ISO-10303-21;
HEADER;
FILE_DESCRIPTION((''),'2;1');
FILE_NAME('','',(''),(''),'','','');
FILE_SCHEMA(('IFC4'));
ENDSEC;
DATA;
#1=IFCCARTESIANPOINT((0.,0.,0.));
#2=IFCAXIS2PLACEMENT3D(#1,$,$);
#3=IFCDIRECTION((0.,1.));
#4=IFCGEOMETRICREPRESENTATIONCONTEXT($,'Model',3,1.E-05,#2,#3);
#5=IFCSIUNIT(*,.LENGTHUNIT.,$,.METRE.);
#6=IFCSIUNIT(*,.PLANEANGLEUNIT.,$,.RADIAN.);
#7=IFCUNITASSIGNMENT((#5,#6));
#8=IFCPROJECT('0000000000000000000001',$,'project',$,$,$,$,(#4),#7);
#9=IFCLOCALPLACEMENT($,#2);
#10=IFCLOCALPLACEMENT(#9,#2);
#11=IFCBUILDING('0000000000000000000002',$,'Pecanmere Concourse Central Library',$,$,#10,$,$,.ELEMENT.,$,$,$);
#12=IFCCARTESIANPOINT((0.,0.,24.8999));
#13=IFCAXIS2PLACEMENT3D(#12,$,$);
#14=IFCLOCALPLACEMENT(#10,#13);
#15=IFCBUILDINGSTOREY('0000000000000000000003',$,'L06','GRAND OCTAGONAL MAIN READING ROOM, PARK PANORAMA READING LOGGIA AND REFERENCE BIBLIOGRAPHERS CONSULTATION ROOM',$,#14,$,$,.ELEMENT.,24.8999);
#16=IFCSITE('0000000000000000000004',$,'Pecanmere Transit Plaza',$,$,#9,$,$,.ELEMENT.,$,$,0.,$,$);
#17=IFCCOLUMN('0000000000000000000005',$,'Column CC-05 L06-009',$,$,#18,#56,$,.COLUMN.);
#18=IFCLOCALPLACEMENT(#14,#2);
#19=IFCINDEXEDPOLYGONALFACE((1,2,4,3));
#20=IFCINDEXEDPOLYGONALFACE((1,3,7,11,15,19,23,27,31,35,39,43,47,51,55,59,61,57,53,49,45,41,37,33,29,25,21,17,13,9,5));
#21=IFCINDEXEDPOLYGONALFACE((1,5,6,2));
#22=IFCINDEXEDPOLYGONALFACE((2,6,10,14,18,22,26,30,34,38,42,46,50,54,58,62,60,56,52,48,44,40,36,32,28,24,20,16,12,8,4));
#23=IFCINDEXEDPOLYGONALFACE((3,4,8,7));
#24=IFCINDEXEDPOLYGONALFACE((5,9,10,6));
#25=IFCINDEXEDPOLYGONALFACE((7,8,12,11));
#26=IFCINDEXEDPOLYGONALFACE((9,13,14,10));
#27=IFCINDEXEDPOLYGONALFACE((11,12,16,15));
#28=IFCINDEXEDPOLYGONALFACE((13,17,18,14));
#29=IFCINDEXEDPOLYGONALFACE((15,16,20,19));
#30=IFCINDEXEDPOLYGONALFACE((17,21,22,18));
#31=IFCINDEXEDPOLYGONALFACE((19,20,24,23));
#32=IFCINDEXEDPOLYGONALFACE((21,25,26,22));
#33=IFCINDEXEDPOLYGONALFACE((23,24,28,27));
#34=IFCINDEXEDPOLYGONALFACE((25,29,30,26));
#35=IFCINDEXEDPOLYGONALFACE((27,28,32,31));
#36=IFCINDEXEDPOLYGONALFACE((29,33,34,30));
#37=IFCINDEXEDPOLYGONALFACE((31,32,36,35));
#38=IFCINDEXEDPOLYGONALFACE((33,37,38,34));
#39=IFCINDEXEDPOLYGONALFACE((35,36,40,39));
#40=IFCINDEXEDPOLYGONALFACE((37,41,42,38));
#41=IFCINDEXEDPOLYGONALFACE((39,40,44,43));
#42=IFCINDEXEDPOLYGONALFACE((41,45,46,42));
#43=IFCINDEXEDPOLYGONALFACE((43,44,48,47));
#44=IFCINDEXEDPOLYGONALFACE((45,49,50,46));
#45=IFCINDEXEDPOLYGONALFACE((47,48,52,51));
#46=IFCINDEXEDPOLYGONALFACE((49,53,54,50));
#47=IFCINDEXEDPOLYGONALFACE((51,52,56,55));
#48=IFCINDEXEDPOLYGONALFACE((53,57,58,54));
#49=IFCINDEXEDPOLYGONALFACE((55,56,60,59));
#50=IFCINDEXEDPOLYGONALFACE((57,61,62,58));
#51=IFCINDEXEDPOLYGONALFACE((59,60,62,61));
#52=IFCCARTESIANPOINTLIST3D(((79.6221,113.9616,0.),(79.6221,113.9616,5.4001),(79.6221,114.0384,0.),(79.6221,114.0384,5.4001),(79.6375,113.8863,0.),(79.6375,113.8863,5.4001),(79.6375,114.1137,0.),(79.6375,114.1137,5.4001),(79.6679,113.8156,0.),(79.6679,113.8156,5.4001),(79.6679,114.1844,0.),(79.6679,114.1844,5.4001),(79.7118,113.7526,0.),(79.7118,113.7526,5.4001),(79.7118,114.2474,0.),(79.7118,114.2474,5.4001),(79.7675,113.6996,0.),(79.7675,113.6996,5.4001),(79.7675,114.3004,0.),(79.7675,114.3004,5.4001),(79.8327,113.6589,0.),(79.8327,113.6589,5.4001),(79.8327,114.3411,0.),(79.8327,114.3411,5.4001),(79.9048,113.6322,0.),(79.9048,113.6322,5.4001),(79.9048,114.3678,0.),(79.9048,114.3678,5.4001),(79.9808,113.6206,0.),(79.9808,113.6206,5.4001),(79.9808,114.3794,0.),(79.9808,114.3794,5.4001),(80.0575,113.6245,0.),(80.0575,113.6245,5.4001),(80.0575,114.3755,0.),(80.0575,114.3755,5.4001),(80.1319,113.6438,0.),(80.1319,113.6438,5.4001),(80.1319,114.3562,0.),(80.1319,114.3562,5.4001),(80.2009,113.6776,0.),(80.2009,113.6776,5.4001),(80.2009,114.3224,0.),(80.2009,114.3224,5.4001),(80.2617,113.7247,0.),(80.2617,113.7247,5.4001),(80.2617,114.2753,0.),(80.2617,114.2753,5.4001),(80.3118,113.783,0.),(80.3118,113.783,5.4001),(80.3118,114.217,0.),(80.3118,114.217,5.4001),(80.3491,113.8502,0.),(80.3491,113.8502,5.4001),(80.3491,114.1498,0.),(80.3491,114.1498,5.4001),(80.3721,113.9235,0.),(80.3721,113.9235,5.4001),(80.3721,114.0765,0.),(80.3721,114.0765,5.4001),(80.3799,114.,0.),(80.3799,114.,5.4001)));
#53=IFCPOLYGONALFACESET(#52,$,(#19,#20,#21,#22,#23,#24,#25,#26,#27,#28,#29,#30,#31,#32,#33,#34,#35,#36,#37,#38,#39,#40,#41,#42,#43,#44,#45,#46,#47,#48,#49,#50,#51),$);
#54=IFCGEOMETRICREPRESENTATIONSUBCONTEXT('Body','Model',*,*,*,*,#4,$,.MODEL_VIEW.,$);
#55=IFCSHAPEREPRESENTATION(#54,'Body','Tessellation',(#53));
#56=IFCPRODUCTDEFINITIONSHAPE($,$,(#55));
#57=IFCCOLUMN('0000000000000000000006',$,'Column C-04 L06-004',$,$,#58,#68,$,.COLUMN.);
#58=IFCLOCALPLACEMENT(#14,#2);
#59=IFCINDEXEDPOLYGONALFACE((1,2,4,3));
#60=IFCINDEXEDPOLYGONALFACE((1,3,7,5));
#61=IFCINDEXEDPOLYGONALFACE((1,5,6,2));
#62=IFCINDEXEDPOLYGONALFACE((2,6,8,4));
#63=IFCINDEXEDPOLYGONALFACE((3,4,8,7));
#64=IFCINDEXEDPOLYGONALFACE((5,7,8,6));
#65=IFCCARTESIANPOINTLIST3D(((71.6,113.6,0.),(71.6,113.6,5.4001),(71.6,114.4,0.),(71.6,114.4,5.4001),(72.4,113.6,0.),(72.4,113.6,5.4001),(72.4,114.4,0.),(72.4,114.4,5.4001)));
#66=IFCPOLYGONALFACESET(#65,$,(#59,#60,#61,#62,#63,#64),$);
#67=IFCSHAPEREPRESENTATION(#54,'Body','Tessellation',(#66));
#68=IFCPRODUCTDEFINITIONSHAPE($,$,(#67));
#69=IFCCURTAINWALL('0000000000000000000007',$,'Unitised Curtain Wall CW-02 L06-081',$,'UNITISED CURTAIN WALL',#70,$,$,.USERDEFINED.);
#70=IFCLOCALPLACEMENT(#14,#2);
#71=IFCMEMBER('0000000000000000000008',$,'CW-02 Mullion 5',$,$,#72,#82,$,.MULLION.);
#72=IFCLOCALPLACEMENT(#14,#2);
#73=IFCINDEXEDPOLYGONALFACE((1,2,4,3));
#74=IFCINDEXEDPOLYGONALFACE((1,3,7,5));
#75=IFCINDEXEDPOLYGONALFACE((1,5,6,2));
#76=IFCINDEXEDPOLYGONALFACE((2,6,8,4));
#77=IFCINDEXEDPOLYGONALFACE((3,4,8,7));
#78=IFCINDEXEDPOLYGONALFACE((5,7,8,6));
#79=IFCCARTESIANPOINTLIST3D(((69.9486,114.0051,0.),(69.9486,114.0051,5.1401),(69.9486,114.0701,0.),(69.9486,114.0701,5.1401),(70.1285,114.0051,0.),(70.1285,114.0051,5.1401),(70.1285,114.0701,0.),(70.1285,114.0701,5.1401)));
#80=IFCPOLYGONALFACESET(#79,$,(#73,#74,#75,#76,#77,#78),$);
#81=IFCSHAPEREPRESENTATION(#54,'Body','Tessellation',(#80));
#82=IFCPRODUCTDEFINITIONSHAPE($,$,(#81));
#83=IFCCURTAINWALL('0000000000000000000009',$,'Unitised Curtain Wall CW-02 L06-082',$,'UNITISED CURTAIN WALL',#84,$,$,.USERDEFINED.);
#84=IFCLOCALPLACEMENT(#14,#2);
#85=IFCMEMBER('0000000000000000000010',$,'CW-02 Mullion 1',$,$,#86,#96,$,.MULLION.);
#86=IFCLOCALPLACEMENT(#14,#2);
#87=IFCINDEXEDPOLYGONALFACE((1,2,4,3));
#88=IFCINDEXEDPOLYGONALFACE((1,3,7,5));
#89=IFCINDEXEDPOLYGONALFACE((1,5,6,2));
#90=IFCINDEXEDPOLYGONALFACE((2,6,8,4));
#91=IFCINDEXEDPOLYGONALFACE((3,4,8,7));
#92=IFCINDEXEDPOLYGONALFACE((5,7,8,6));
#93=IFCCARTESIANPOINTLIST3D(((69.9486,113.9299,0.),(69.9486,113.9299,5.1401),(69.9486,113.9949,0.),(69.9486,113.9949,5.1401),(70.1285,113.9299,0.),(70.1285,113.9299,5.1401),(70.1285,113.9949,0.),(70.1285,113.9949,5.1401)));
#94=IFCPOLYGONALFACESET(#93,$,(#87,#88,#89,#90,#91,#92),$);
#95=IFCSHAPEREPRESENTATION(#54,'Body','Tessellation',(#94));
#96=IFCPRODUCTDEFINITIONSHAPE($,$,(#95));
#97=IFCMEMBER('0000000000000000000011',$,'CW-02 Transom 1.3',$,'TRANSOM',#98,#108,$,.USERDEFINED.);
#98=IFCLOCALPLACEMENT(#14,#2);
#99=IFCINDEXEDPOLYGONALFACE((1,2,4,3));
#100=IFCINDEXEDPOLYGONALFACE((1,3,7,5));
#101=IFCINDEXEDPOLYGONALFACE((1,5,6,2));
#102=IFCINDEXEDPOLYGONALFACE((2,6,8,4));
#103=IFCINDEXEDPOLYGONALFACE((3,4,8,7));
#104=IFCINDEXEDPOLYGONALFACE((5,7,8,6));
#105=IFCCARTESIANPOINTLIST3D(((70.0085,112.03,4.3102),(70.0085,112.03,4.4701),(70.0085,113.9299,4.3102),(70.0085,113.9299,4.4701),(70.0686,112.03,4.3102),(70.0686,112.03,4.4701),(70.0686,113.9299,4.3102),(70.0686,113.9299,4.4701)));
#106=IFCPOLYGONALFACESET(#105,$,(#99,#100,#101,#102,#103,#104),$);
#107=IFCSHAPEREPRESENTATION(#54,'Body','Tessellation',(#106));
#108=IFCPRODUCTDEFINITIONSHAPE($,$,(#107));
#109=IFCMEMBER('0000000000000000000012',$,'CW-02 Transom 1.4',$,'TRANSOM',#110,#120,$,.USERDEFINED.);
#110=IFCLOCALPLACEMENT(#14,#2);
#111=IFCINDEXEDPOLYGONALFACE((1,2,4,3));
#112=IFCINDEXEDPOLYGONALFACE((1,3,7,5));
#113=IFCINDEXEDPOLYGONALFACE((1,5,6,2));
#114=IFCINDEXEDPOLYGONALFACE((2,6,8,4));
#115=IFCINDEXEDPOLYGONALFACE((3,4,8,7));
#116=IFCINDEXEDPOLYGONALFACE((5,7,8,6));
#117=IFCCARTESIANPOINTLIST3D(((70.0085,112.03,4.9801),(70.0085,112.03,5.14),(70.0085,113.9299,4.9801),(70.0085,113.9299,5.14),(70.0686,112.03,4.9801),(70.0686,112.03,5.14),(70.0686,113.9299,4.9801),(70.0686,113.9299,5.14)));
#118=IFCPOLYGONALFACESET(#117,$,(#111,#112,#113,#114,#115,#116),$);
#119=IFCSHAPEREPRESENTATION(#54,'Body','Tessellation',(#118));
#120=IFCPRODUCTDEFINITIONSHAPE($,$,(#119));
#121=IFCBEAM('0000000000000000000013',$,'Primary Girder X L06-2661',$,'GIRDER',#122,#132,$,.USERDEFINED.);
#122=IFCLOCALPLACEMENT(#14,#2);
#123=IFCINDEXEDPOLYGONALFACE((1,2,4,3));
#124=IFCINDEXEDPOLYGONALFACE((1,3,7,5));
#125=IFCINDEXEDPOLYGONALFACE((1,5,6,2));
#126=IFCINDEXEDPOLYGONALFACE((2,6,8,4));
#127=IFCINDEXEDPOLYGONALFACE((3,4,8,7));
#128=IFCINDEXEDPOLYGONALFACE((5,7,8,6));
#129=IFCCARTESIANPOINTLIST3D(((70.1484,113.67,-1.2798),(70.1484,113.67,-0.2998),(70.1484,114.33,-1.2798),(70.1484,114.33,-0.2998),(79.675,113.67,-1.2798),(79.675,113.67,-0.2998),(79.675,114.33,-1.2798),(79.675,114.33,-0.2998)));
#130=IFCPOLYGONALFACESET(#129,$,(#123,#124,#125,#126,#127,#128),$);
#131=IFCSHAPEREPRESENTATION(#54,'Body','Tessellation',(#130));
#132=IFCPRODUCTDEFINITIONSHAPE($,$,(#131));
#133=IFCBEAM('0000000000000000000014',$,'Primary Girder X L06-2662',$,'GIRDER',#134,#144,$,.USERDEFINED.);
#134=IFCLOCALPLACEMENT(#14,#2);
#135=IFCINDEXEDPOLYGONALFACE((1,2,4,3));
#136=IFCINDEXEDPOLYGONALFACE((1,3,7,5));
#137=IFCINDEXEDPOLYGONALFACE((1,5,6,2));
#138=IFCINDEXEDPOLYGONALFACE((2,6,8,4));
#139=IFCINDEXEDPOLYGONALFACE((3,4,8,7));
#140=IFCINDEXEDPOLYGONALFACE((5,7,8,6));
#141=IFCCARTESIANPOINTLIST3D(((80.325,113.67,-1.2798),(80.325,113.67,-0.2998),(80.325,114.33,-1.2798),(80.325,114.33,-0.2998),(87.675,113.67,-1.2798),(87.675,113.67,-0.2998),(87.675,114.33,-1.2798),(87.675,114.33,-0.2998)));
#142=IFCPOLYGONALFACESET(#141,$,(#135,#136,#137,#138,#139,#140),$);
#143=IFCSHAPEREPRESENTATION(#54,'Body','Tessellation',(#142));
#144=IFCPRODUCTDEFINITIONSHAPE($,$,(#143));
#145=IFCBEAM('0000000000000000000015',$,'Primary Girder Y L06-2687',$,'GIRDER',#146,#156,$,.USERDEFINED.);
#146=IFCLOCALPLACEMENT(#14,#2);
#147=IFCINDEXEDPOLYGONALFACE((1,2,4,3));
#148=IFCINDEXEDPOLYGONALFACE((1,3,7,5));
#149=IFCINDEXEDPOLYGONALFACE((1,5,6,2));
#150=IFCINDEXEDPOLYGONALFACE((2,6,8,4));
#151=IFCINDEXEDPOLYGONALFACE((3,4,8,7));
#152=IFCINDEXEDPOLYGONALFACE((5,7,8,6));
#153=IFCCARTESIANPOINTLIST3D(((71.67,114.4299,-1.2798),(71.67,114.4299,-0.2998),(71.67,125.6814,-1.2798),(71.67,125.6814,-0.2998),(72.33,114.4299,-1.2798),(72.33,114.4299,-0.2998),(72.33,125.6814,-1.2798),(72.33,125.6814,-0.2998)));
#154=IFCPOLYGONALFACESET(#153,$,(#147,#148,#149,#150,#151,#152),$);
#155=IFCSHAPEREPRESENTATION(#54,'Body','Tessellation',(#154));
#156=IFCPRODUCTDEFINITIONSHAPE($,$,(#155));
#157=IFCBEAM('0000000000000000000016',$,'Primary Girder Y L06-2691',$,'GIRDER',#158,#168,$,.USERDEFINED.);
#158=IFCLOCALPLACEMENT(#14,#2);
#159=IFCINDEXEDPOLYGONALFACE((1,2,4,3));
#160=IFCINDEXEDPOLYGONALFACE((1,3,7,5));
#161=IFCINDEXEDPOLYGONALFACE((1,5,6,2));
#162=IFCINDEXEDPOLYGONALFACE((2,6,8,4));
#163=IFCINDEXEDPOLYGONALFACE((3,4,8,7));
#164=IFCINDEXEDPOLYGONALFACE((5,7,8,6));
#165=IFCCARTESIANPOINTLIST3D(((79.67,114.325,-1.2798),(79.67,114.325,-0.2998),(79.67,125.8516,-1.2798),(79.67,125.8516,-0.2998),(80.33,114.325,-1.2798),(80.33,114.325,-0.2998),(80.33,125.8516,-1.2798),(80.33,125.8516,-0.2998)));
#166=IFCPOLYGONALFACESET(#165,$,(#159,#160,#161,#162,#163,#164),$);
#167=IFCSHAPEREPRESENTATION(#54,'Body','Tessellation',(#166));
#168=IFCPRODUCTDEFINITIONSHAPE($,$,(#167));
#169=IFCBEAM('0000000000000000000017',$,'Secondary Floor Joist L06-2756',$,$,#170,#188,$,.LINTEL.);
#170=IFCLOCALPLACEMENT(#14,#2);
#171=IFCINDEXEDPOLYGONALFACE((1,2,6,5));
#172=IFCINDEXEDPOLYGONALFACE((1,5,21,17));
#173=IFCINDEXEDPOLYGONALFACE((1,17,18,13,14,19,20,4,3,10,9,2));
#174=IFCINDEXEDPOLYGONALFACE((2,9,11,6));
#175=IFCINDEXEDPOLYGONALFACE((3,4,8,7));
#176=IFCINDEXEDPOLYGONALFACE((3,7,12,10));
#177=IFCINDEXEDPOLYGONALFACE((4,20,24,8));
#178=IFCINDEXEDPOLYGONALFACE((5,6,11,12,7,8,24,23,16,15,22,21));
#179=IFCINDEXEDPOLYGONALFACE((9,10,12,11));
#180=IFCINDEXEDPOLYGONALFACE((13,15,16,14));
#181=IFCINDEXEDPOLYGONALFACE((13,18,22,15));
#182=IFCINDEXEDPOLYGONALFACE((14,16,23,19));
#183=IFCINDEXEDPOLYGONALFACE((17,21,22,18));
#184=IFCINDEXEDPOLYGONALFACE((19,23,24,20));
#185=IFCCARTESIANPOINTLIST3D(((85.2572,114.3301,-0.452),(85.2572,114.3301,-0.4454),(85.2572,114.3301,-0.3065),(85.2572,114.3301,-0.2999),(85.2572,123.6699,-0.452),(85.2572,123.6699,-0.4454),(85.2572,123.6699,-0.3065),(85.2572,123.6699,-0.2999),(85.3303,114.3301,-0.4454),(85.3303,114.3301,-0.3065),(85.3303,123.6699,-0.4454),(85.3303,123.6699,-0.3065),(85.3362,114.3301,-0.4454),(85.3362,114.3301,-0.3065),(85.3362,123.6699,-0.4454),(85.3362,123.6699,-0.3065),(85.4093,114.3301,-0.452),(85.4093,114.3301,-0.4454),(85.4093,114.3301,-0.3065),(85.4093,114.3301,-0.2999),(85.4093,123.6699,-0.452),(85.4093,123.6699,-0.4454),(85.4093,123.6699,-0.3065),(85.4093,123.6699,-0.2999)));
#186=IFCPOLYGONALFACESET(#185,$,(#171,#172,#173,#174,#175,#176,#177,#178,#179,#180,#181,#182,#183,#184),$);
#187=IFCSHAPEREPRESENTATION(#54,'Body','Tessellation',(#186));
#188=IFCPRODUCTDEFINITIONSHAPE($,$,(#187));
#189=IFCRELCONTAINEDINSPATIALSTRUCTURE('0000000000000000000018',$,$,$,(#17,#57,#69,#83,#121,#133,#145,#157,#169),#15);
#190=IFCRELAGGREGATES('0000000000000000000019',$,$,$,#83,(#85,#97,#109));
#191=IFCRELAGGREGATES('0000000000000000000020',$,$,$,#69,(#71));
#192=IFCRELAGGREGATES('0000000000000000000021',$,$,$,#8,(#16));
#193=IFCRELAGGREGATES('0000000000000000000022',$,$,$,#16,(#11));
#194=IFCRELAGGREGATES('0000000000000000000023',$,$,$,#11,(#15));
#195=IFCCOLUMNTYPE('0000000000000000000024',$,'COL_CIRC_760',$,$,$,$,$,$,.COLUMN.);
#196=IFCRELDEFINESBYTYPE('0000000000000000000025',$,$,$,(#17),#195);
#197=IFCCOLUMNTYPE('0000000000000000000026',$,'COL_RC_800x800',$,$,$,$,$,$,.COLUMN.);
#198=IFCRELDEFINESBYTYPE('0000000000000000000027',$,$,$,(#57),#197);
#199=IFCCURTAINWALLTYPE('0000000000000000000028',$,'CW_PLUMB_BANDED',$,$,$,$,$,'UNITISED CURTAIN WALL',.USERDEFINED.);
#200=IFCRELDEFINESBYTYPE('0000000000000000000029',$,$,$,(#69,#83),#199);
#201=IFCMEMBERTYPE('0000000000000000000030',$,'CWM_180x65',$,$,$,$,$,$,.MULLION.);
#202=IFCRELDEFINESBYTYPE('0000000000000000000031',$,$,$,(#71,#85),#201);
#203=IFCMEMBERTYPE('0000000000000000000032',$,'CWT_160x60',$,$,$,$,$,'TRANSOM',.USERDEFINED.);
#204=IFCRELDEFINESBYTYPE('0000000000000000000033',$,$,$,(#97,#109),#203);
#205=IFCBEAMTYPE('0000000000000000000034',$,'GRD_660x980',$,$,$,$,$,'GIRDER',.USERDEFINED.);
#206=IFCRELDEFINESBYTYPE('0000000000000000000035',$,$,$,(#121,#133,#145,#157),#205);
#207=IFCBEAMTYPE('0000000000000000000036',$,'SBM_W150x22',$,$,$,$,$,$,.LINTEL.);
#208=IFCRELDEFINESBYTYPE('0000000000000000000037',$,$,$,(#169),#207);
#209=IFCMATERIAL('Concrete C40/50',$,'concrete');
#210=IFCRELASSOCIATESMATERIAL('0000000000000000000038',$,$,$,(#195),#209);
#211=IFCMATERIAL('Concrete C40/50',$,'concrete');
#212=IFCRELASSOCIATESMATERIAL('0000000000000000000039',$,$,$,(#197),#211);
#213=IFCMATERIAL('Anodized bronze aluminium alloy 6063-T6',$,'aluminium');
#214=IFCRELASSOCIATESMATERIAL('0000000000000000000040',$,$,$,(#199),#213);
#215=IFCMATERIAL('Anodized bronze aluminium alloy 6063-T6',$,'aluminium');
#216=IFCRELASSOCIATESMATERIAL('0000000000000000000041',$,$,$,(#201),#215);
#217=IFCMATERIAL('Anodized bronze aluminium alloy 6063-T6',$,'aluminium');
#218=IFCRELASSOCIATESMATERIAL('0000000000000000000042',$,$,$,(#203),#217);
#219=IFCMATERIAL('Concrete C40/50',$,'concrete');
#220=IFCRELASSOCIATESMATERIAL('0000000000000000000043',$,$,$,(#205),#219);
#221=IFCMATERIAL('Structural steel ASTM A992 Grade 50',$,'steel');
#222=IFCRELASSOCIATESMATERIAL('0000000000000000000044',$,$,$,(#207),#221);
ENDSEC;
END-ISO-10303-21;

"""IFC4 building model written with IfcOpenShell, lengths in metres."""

from ifc_helpers import new_model, si_unit, direction, frame, origin, origin_2d, place, context, subcontext, project, spatial, rectangle, circle, i_section, extrude, material, material_profile, profile_set, type_object, element, aggregate, save


model = new_model("IFC4")

# Units and contexts
model_context = context("Model", 3, precision=1e-05, world=origin(), true_north=direction((0.0, 1.0)))
body_context = subcontext(model_context, "Body", "Model", "MODEL_VIEW")
ifc_project = project(units=[si_unit("LENGTHUNIT", "METRE"), si_unit("PLANEANGLEUNIT", "RADIAN")], contexts=[model_context])

# Site, building, storey
site_placement = place(None, origin())
site = spatial("IfcSite", under=ifc_project, at=site_placement, Name="Pecanmere Transit Plaza", CompositionType="ELEMENT", RefElevation=0.0)
building_placement = place(site_placement, origin())
building = spatial("IfcBuilding", under=site, at=building_placement, Name="Pecanmere Concourse Central Library", CompositionType="ELEMENT")
storey_placement = place(building_placement, frame((0.0, 0.0, 24.8999)))
storey = spatial("IfcBuildingStorey", under=building, at=storey_placement, Name="L06", Description="GRAND OCTAGONAL MAIN READING ROOM, PARK PANORAMA READING LOGGIA AND REFERENCE BIBLIOGRAPHERS CONSULTATION ROOM", CompositionType="ELEMENT", Elevation=24.8999)

# Columns
ifc_material_1 = material(Name="Concrete C40/50", Category="concrete")
ifc_material_profile_1 = material_profile(ifc_material_1, circle(Radius=0.3799, at=origin_2d()), Name="RC D760")
ifc_profile_set_1 = profile_set([ifc_material_profile_1], Name="Concrete C40/50")
column_type_1 = type_object("IfcColumnType", Name="COL_CIRC_760", PredefinedType="COLUMN", material=ifc_profile_set_1)
column_1_placement = place(storey_placement, frame((80.0, 114.0, 0.0), z_axis=(0.0, 0.0, 1.0), x_axis=(1.0, 0.0, 0.0)))
element("IfcColumn", 1, at=column_1_placement, inside=storey, type_object=column_type_1, Name="Column CC-05 L06-009", PredefinedType="COLUMN", context=body_context, shape_type="SweptSolid", body=[
    extrude(circle(Radius=0.3799, at=origin_2d()), origin(), (0.0, 0.0, 1.0), 5.4001),
])
ifc_material_2 = material(Name="Concrete C40/50", Category="concrete")
ifc_material_profile_2 = material_profile(ifc_material_2, rectangle(XDim=0.8, YDim=0.8, at=origin_2d()), Name="RC 800x800")
ifc_profile_set_2 = profile_set([ifc_material_profile_2], Name="Concrete C40/50")
column_type_2 = type_object("IfcColumnType", Name="COL_RC_800x800", PredefinedType="COLUMN", material=ifc_profile_set_2)
column_2_placement = place(storey_placement, frame((72.0, 114.0, 0.0), z_axis=(0.0, 0.0, 1.0), x_axis=(1.0, 0.0, 0.0)))
element("IfcColumn", 2, at=column_2_placement, inside=storey, type_object=column_type_2, Name="Column C-04 L06-004", PredefinedType="COLUMN", context=body_context, shape_type="SweptSolid", body=[
    extrude(rectangle(XDim=0.8, YDim=0.8, at=origin_2d()), origin(), (0.0, 0.0, 1.0), 5.4001),
])

# Curtain wall, member
ifc_material_3 = material(Name="Anodized bronze aluminium alloy 6063-T6", Category="aluminium")
curtain_wall_type = type_object("IfcCurtainWallType", Name="CW_PLUMB_BANDED", ElementType="UNITISED CURTAIN WALL", PredefinedType="USERDEFINED", material=ifc_material_3)
curtain_wall_1_placement = place(storey_placement, origin())
curtain_wall_1 = element("IfcCurtainWall", 3, at=curtain_wall_1_placement, inside=storey, type_object=curtain_wall_type, Name="Unitised Curtain Wall CW-02 L06-081", ObjectType="UNITISED CURTAIN WALL", PredefinedType="USERDEFINED")
ifc_material_4 = material(Name="Anodized bronze aluminium alloy 6063-T6", Category="aluminium")
ifc_material_profile_3 = material_profile(ifc_material_4, rectangle(XDim=0.0649, YDim=0.1799, at=origin_2d()), Name="AL 65x180")
ifc_profile_set_3 = profile_set([ifc_material_profile_3], Name="Anodized bronze aluminium alloy 6063-T6")
member_type_1 = type_object("IfcMemberType", Name="CWM_180x65", PredefinedType="MULLION", material=ifc_profile_set_3)
member_1_placement = place(storey_placement, frame((70.0386, 114.0376, 0.0), z_axis=(0.0, 0.0, 1.0), x_axis=(0.0, -1.0, 0.0)))
member_1 = element("IfcMember", 4, at=member_1_placement, type_object=member_type_1, Name="CW-02 Mullion 5", PredefinedType="MULLION", context=body_context, shape_type="SweptSolid", body=[
    extrude(rectangle(XDim=0.0649, YDim=0.1799, at=origin_2d()), origin(), (0.0, 0.0, 1.0), 5.1401),
])

# Curtain wall, members
curtain_wall_2_placement = place(storey_placement, origin())
curtain_wall_2 = element("IfcCurtainWall", 5, at=curtain_wall_2_placement, inside=storey, type_object=curtain_wall_type, Name="Unitised Curtain Wall CW-02 L06-082", ObjectType="UNITISED CURTAIN WALL", PredefinedType="USERDEFINED")
member_2_placement = place(storey_placement, frame((70.0386, 113.9624, 0.0), z_axis=(0.0, 0.0, 1.0), x_axis=(0.0, -1.0, 0.0)))
member_2 = element("IfcMember", 6, at=member_2_placement, type_object=member_type_1, Name="CW-02 Mullion 1", PredefinedType="MULLION", context=body_context, shape_type="SweptSolid", body=[
    extrude(rectangle(XDim=0.0649, YDim=0.1799, at=origin_2d()), origin(), (0.0, 0.0, 1.0), 5.1401),
])
ifc_material_5 = material(Name="Anodized bronze aluminium alloy 6063-T6", Category="aluminium")
ifc_material_profile_4 = material_profile(ifc_material_5, rectangle(XDim=0.0601, YDim=0.1599, at=origin_2d()), Name="AL 60x160")
ifc_profile_set_4 = profile_set([ifc_material_profile_4], Name="Anodized bronze aluminium alloy 6063-T6")
member_type_2 = type_object("IfcMemberType", Name="CWT_160x60", ElementType="TRANSOM", PredefinedType="USERDEFINED", material=ifc_profile_set_4)
member_3_placement = place(storey_placement, frame((70.0386, 113.9299, 4.3901), z_axis=(0.0, -1.0, 0.0), x_axis=(1.0, 0.0, 0.0)))
member_3 = element("IfcMember", 7, at=member_3_placement, type_object=member_type_2, Name="CW-02 Transom 1.3", ObjectType="TRANSOM", PredefinedType="USERDEFINED", context=body_context, shape_type="SweptSolid", body=[
    extrude(rectangle(XDim=0.0601, YDim=0.1599, at=origin_2d()), origin(), (0.0, 0.0, 1.0), 1.8999),
])
member_4_placement = place(storey_placement, frame((70.0386, 113.9299, 5.0601), z_axis=(0.0, -1.0, 0.0), x_axis=(1.0, 0.0, 0.0)))
member_4 = element("IfcMember", 8, at=member_4_placement, type_object=member_type_2, Name="CW-02 Transom 1.4", ObjectType="TRANSOM", PredefinedType="USERDEFINED", context=body_context, shape_type="SweptSolid", body=[
    extrude(rectangle(XDim=0.0601, YDim=0.1599, at=origin_2d()), origin(), (0.0, 0.0, 1.0), 1.8999),
])
aggregate(curtain_wall_2, [member_2, member_3, member_4])

# Beams
ifc_material_6 = material(Name="Concrete C40/50", Category="concrete")
ifc_material_profile_5 = material_profile(ifc_material_6, rectangle(XDim=0.6599, YDim=0.98, at=origin_2d()), Name="RC 660x980")
ifc_profile_set_5 = profile_set([ifc_material_profile_5], Name="Concrete C40/50")
beam_type_1 = type_object("IfcBeamType", Name="GRD_660x980", ElementType="GIRDER", PredefinedType="USERDEFINED", material=ifc_profile_set_5)
beam_1_placement = place(storey_placement, frame((70.1484, 114.0, -0.7898), z_axis=(1.0, 0.0, 0.0), x_axis=(0.0, 1.0, 0.0)))
element("IfcBeam", 9, at=beam_1_placement, inside=storey, type_object=beam_type_1, Name="Primary Girder X L06-2661", ObjectType="GIRDER", PredefinedType="USERDEFINED", context=body_context, shape_type="SweptSolid", body=[
    extrude(rectangle(XDim=0.6599, YDim=0.98, at=origin_2d()), origin(), (0.0, 0.0, 1.0), 9.5266),
])
beam_2_placement = place(storey_placement, frame((80.325, 114.0, -0.7898), z_axis=(1.0, 0.0, 0.0), x_axis=(0.0, 1.0, 0.0)))
element("IfcBeam", 10, at=beam_2_placement, inside=storey, type_object=beam_type_1, Name="Primary Girder X L06-2662", ObjectType="GIRDER", PredefinedType="USERDEFINED", context=body_context, shape_type="SweptSolid", body=[
    extrude(rectangle(XDim=0.6599, YDim=0.98, at=origin_2d()), origin(), (0.0, 0.0, 1.0), 7.3501),
])
beam_3_placement = place(storey_placement, frame((72.0, 114.4299, -0.7898), z_axis=(0.0, 1.0, 0.0), x_axis=(-1.0, 0.0, 0.0)))
element("IfcBeam", 11, at=beam_3_placement, inside=storey, type_object=beam_type_1, Name="Primary Girder Y L06-2687", ObjectType="GIRDER", PredefinedType="USERDEFINED", context=body_context, shape_type="SweptSolid", body=[
    extrude(rectangle(XDim=0.6599, YDim=0.98, at=origin_2d()), origin(), (0.0, 0.0, 1.0), 11.2515),
])
beam_4_placement = place(storey_placement, frame((80.0, 114.325, -0.7898), z_axis=(0.0, 1.0, 0.0), x_axis=(-1.0, 0.0, 0.0)))
element("IfcBeam", 12, at=beam_4_placement, inside=storey, type_object=beam_type_1, Name="Primary Girder Y L06-2691", ObjectType="GIRDER", PredefinedType="USERDEFINED", context=body_context, shape_type="SweptSolid", body=[
    extrude(rectangle(XDim=0.6599, YDim=0.98, at=origin_2d()), origin(), (0.0, 0.0, 1.0), 11.5266),
])
ifc_material_7 = material(Name="Structural steel ASTM A992 Grade 50", Category="steel")
ifc_material_profile_6 = material_profile(ifc_material_7, i_section(OverallWidth=0.1521, OverallDepth=0.1521, WebThickness=0.0059, FlangeThickness=0.0066, at=origin_2d()), Name="W150x22.5")
ifc_profile_set_6 = profile_set([ifc_material_profile_6], Name="Structural steel ASTM A992 Grade 50")
beam_type_2 = type_object("IfcBeamType", Name="SBM_W150x22", PredefinedType="LINTEL", material=ifc_profile_set_6)
beam_5_placement = place(storey_placement, frame((85.3333, 114.3301, -0.376), z_axis=(0.0, 1.0, 0.0), x_axis=(-1.0, 0.0, 0.0)))
element("IfcBeam", 13, at=beam_5_placement, inside=storey, type_object=beam_type_2, Name="Secondary Floor Joist L06-2756", PredefinedType="LINTEL", context=body_context, shape_type="SweptSolid", body=[
    extrude(i_section(OverallWidth=0.1521, OverallDepth=0.1521, WebThickness=0.0059, FlangeThickness=0.0066, at=origin_2d()), origin(), (0.0, 0.0, 1.0), 9.3398),
])

aggregate(curtain_wall_1, [member_1])

save(model, "model.ifc")
